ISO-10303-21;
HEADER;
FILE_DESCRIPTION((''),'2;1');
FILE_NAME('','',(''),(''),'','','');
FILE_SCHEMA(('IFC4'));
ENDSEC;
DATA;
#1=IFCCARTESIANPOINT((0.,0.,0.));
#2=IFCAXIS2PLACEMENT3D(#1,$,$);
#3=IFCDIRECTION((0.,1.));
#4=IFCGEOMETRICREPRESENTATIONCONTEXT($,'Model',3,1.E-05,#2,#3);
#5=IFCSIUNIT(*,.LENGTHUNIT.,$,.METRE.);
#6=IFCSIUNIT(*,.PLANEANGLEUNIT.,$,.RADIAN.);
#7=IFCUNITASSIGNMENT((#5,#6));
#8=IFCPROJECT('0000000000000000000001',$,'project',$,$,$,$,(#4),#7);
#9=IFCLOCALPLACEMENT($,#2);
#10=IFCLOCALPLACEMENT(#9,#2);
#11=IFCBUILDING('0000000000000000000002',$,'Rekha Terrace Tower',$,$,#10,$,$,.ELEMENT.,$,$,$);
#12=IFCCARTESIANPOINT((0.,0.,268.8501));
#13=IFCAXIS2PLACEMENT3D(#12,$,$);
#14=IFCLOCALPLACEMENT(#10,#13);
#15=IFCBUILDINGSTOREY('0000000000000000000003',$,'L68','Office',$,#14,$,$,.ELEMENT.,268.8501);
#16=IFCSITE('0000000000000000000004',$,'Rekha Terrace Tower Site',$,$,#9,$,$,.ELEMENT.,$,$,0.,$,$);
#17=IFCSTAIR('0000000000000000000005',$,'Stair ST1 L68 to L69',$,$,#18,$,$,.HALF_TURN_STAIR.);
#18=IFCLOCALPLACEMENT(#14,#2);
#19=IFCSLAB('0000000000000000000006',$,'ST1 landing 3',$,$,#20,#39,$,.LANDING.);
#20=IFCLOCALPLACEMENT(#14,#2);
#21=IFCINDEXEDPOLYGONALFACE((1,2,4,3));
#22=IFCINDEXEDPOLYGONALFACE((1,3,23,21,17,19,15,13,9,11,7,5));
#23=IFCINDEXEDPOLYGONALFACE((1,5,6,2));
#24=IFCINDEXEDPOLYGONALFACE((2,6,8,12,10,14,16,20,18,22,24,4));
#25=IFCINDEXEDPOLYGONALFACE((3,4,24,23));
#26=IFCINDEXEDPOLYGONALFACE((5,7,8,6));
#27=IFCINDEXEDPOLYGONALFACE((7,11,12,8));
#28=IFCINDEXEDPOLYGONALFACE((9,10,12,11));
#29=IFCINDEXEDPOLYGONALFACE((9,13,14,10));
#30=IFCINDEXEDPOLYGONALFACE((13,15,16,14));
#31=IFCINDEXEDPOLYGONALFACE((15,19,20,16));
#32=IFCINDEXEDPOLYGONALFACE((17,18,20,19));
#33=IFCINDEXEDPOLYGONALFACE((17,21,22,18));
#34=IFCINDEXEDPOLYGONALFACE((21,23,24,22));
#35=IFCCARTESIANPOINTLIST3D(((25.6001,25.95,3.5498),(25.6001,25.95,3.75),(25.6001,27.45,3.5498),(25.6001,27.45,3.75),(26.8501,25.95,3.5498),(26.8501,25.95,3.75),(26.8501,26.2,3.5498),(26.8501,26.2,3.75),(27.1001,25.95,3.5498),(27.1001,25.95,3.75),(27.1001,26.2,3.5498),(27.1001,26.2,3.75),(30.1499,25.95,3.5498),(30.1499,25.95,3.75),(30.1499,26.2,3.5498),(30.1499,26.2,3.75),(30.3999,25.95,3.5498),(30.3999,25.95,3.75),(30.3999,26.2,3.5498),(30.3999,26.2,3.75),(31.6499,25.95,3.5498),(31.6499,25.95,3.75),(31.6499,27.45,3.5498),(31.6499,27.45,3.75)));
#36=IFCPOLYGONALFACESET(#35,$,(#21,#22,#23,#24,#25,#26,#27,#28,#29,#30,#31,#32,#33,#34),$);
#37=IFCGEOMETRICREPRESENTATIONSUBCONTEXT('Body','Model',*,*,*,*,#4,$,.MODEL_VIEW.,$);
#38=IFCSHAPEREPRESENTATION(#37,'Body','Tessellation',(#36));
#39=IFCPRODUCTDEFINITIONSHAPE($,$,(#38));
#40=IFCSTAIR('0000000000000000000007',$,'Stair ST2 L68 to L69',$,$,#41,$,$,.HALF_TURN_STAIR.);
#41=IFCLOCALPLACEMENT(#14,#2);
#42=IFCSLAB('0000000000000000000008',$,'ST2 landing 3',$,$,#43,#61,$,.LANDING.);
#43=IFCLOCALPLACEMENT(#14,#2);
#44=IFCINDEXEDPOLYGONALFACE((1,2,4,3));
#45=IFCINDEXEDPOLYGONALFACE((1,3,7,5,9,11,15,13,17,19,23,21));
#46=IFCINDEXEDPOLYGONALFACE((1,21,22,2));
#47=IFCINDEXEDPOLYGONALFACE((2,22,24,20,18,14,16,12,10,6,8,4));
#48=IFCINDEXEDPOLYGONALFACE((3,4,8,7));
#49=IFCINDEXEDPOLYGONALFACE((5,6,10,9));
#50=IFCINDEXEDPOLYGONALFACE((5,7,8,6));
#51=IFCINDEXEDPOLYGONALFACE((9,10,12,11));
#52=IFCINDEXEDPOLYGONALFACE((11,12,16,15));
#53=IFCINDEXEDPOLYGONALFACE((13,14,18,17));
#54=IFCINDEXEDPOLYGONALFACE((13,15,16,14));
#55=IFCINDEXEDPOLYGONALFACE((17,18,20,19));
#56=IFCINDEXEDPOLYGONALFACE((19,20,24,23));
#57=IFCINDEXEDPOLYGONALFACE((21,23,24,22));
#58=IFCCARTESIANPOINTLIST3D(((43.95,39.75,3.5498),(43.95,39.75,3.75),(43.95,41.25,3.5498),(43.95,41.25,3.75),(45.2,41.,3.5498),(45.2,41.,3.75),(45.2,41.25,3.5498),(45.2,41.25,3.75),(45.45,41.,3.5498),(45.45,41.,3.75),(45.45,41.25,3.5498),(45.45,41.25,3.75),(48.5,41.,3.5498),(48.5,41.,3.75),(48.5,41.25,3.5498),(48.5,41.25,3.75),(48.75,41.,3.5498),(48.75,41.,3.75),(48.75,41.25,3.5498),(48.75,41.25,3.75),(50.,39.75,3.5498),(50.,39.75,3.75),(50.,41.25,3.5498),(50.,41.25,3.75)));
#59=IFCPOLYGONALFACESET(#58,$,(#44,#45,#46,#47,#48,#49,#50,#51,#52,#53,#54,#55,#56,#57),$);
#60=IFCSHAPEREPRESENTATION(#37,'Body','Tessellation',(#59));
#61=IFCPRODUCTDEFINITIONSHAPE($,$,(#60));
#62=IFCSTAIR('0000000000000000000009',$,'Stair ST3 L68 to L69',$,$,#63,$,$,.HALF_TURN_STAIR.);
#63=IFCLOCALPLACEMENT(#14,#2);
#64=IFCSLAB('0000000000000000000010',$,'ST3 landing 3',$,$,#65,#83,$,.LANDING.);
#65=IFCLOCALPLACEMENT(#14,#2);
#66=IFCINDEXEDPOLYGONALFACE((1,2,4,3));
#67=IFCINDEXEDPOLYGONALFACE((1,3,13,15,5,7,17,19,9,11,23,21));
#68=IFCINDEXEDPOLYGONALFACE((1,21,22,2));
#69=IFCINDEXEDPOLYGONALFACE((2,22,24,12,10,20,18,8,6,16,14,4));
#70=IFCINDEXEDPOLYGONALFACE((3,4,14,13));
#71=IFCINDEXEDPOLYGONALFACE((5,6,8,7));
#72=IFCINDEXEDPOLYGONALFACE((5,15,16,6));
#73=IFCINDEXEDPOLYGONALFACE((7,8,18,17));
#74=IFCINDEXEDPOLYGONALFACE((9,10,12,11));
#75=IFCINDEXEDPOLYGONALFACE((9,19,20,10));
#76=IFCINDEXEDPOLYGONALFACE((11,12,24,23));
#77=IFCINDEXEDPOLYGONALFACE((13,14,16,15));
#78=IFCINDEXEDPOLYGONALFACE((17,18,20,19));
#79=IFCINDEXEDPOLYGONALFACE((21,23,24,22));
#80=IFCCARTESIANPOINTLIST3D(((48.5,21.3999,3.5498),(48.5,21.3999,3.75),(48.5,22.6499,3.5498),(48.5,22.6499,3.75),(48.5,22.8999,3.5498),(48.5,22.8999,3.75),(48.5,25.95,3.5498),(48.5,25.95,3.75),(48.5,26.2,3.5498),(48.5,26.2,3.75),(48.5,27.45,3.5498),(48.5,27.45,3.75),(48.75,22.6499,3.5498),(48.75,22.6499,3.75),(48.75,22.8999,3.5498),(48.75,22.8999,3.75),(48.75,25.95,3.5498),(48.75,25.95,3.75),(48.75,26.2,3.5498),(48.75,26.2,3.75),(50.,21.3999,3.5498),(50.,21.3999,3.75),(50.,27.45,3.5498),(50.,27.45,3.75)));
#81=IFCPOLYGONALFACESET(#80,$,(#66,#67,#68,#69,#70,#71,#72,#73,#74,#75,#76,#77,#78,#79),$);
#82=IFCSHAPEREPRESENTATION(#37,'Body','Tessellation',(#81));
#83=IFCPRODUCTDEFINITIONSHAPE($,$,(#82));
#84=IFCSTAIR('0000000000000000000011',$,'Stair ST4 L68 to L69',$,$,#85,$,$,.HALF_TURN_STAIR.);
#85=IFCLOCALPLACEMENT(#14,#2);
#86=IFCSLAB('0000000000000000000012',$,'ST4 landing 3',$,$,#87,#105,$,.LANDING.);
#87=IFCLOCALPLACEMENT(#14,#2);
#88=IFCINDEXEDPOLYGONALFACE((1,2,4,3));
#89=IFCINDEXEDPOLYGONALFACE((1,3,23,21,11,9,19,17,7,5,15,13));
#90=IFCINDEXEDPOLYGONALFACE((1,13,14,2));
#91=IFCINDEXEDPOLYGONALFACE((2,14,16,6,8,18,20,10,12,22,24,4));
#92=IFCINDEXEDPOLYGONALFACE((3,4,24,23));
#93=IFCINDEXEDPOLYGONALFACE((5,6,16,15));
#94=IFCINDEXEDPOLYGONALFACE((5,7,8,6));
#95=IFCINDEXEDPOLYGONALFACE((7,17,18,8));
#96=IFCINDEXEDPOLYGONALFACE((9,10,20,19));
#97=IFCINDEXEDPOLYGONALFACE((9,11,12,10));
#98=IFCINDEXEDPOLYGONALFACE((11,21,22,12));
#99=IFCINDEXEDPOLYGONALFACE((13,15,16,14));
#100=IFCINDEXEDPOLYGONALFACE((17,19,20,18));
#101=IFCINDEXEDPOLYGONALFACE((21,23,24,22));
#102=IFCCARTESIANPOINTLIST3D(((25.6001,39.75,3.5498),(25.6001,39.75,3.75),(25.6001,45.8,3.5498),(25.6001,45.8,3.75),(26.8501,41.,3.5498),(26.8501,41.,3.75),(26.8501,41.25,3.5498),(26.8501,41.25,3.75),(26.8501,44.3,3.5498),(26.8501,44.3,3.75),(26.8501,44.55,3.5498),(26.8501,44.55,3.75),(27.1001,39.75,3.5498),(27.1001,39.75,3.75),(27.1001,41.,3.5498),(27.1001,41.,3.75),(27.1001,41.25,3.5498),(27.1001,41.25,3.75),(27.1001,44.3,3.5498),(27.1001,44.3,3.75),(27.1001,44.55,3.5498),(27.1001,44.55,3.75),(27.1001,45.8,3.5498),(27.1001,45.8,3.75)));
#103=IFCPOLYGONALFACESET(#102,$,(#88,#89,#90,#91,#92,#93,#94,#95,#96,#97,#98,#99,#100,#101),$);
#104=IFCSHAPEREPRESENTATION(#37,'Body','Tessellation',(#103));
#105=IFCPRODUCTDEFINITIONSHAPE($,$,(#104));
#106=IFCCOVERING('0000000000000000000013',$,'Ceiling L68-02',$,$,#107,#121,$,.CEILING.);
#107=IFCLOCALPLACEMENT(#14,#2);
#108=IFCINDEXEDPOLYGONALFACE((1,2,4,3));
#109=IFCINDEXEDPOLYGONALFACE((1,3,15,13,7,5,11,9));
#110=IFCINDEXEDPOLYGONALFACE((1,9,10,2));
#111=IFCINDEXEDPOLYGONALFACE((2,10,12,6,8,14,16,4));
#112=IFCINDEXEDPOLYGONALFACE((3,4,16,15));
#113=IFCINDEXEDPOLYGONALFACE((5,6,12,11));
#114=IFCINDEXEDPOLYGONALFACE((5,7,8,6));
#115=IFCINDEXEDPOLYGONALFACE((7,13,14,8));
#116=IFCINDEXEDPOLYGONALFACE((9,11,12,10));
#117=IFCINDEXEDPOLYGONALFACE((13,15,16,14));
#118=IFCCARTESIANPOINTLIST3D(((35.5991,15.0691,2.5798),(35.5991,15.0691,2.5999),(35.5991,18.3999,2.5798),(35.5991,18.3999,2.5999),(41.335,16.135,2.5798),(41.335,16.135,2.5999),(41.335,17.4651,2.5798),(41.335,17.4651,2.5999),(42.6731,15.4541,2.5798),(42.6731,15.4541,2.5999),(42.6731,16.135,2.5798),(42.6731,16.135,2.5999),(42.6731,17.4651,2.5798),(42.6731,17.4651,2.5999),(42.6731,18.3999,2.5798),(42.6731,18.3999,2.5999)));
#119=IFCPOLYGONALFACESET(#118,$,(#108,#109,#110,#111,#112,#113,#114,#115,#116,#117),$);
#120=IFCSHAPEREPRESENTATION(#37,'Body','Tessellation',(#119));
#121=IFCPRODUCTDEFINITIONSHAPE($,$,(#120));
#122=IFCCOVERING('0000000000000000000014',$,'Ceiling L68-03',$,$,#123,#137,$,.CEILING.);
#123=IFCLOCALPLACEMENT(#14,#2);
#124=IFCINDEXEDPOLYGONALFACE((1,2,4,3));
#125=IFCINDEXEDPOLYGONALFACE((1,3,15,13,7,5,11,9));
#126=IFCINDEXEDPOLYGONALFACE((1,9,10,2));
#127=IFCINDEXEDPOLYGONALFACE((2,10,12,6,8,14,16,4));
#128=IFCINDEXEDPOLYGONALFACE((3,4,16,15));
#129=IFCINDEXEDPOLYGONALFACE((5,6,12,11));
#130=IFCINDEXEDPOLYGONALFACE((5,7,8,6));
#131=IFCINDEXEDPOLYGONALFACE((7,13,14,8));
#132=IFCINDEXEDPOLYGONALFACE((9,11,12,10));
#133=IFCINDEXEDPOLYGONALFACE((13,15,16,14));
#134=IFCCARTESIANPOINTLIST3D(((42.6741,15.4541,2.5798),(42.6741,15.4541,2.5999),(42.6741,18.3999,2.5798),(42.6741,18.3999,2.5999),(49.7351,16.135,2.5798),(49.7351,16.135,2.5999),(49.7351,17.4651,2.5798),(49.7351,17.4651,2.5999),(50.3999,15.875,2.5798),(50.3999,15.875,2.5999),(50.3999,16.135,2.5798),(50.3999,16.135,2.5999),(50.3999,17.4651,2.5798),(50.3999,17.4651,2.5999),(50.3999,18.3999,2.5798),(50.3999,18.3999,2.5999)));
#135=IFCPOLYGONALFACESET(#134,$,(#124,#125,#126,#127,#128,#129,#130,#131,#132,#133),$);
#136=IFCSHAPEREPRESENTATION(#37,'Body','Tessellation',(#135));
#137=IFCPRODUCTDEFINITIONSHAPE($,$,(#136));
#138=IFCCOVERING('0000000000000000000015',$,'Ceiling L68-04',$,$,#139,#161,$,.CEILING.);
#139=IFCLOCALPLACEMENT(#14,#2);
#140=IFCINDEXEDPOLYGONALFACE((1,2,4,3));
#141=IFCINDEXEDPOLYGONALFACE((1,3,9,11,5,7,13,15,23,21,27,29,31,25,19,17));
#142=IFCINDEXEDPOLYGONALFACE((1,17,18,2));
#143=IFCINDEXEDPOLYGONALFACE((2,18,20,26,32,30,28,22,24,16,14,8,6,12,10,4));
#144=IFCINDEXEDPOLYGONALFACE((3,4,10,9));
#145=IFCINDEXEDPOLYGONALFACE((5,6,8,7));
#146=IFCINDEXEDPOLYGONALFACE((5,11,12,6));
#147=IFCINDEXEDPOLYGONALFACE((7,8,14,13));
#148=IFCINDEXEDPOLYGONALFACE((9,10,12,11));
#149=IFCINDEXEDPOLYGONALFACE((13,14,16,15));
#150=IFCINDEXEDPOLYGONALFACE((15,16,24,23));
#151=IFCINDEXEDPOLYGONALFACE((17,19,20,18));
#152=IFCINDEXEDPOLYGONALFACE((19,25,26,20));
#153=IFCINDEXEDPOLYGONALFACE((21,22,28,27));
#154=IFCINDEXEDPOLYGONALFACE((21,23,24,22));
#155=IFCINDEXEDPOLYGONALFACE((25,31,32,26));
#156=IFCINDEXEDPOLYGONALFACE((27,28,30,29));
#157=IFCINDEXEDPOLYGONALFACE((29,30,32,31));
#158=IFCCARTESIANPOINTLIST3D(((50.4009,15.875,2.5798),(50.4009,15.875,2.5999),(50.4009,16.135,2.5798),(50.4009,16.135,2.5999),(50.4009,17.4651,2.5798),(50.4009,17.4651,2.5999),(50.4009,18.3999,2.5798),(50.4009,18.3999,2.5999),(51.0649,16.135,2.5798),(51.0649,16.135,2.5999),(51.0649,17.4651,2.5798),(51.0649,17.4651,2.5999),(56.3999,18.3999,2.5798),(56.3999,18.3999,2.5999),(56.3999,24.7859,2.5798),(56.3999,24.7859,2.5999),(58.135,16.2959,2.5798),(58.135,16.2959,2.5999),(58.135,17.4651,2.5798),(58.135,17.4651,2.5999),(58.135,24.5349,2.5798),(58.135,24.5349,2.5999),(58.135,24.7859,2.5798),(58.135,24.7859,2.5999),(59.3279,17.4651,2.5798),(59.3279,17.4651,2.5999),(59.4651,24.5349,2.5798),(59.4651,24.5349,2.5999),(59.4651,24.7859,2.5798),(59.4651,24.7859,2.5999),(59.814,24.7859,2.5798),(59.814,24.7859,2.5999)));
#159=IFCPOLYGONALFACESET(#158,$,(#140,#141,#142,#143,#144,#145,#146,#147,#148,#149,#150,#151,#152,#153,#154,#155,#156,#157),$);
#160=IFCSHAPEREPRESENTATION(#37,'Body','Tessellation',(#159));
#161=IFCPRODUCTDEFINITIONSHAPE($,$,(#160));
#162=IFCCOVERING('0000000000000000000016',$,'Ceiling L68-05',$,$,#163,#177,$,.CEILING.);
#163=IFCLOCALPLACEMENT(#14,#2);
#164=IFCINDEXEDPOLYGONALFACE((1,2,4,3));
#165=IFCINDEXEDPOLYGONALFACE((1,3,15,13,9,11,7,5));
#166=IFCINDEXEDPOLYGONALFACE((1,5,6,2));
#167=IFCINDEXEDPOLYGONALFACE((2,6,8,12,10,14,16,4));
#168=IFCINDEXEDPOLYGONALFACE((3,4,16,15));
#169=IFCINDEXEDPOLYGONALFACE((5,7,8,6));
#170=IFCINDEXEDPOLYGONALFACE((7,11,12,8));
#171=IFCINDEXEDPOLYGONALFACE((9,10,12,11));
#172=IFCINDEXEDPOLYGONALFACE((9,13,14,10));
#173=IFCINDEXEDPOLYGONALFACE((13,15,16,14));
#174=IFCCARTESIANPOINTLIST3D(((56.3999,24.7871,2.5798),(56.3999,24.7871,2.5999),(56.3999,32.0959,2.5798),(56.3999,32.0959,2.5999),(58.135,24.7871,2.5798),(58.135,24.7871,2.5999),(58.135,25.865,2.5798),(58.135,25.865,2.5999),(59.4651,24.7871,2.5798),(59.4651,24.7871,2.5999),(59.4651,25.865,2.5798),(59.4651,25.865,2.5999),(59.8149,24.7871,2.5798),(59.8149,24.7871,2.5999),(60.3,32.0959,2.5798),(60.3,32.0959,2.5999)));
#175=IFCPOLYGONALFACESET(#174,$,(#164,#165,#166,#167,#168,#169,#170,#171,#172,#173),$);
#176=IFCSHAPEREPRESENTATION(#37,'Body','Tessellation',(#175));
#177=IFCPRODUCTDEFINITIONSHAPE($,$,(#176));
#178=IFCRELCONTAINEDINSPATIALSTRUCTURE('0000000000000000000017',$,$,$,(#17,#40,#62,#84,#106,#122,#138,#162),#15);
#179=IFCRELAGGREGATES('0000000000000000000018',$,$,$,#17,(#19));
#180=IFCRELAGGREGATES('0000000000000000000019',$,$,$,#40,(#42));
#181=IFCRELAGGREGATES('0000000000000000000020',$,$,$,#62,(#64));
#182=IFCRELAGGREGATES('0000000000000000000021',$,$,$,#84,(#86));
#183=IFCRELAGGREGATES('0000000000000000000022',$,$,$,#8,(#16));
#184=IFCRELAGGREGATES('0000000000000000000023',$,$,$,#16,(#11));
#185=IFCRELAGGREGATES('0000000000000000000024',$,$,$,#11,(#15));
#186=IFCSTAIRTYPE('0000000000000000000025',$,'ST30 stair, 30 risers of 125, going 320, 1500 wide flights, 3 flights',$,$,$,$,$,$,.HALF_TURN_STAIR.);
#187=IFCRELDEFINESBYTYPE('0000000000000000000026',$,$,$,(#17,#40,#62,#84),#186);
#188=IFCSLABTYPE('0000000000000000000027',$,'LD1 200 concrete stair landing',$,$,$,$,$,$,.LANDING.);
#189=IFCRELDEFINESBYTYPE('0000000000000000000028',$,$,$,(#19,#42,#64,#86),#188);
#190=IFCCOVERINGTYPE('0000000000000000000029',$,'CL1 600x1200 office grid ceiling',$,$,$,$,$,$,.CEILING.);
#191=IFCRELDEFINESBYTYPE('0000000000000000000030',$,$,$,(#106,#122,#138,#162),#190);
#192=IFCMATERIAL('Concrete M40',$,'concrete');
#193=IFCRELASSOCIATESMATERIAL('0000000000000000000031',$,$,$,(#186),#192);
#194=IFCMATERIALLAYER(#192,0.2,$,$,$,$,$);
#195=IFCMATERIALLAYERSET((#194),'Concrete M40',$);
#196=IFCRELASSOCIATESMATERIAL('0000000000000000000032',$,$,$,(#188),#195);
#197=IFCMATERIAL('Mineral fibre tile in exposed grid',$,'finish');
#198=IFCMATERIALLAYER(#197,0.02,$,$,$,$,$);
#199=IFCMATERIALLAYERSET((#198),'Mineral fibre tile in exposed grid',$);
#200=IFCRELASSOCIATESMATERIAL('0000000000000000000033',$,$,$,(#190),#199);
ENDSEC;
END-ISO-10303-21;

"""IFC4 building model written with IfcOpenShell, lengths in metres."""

from ifc_helpers import new_model, si_unit, direction, frame, origin, place, context, subcontext, project, spatial, polyline, outline, extrude, material, layer, layer_set, type_object, element, aggregate, save


model = new_model("IFC4")

# Units and contexts
model_context = context("Model", 3, precision=1e-05, world=origin(), true_north=direction((0.0, 1.0)))
body_context = subcontext(model_context, "Body", "Model", "MODEL_VIEW")
ifc_project = project(units=[si_unit("LENGTHUNIT", "METRE"), si_unit("PLANEANGLEUNIT", "RADIAN")], contexts=[model_context])

# Site, building, storey
site_placement = place(None, origin())
site = spatial("IfcSite", under=ifc_project, at=site_placement, Name="Rekha Terrace Tower Site", CompositionType="ELEMENT", RefElevation=0.0)
building_placement = place(site_placement, origin())
building = spatial("IfcBuilding", under=site, at=building_placement, Name="Rekha Terrace Tower", CompositionType="ELEMENT")
storey_placement = place(building_placement, frame((0.0, 0.0, 268.8501)))
storey = spatial("IfcBuildingStorey", under=building, at=storey_placement, Name="L68", Description="Office", CompositionType="ELEMENT", Elevation=268.8501)

# Stairs, slabs
ifc_material_1 = material(Name="Concrete M40", Category="concrete")
stair_type = type_object("IfcStairType", Name="ST30 stair, 30 risers of 125, going 320, 1500 wide flights, 3 flights", PredefinedType="HALF_TURN_STAIR", material=ifc_material_1)
stair_1_placement = place(storey_placement, origin())
stair_1 = element("IfcStair", 1, at=stair_1_placement, inside=storey, type_object=stair_type, Name="Stair ST1 L68 to L69", PredefinedType="HALF_TURN_STAIR")
ifc_layer_1 = layer(ifc_material_1, 0.2)
ifc_layer_set_1 = layer_set([ifc_layer_1], Name="Concrete M40")
slab_type = type_object("IfcSlabType", Name="LD1 200 concrete stair landing", PredefinedType="LANDING", material=ifc_layer_set_1)
slab_1_placement = place(storey_placement, frame((0.0, 0.0, 3.5498)))
slab_1 = element("IfcSlab", 2, at=slab_1_placement, type_object=slab_type, Name="ST1 landing 3", PredefinedType="LANDING", context=body_context, shape_type="SweptSolid", body=[
    extrude(outline(polyline([(31.6499, 25.95), (31.6499, 27.45), (25.6001, 27.45), (25.6001, 25.95), (26.8501, 25.95), (26.8501, 26.2), (27.1001, 26.2), (27.1001, 25.95), (30.1499, 25.95), (30.1499, 26.2), (30.3999, 26.2), (30.3999, 25.95), (31.6499, 25.95)])), origin(), (0.0, 0.0, 1.0), 0.2002),
])
aggregate(stair_1, [slab_1])
stair_2_placement = place(storey_placement, origin())
stair_2 = element("IfcStair", 3, at=stair_2_placement, inside=storey, type_object=stair_type, Name="Stair ST2 L68 to L69", PredefinedType="HALF_TURN_STAIR")
slab_2_placement = place(storey_placement, frame((0.0, 0.0, 3.5498)))
slab_2 = element("IfcSlab", 4, at=slab_2_placement, type_object=slab_type, Name="ST2 landing 3", PredefinedType="LANDING", context=body_context, shape_type="SweptSolid", body=[
    extrude(outline(polyline([(43.95, 41.25), (43.95, 39.75), (50.0, 39.75), (50.0, 41.25), (48.75, 41.25), (48.75, 41.0), (48.5, 41.0), (48.5, 41.25), (45.45, 41.25), (45.45, 41.0), (45.2, 41.0), (45.2, 41.25), (43.95, 41.25)])), origin(), (0.0, 0.0, 1.0), 0.2002),
])
aggregate(stair_2, [slab_2])
stair_3_placement = place(storey_placement, origin())
stair_3 = element("IfcStair", 5, at=stair_3_placement, inside=storey, type_object=stair_type, Name="Stair ST3 L68 to L69", PredefinedType="HALF_TURN_STAIR")
slab_3_placement = place(storey_placement, frame((0.0, 0.0, 3.5498)))
slab_3 = element("IfcSlab", 6, at=slab_3_placement, type_object=slab_type, Name="ST3 landing 3", PredefinedType="LANDING", context=body_context, shape_type="SweptSolid", body=[
    extrude(outline(polyline([(48.5, 21.3999), (50.0, 21.3999), (50.0, 27.45), (48.5, 27.45), (48.5, 26.2), (48.75, 26.2), (48.75, 25.95), (48.5, 25.95), (48.5, 22.8999), (48.75, 22.8999), (48.75, 22.6499), (48.5, 22.6499), (48.5, 21.3999)])), origin(), (0.0, 0.0, 1.0), 0.2002),
])
aggregate(stair_3, [slab_3])
stair_4_placement = place(storey_placement, origin())
stair_4 = element("IfcStair", 7, at=stair_4_placement, inside=storey, type_object=stair_type, Name="Stair ST4 L68 to L69", PredefinedType="HALF_TURN_STAIR")
slab_4_placement = place(storey_placement, frame((0.0, 0.0, 3.5498)))
slab_4 = element("IfcSlab", 8, at=slab_4_placement, type_object=slab_type, Name="ST4 landing 3", PredefinedType="LANDING", context=body_context, shape_type="SweptSolid", body=[
    extrude(outline(polyline([(27.1001, 39.75), (25.6001, 39.75), (25.6001, 45.8), (27.1001, 45.8), (27.1001, 44.55), (26.8501, 44.55), (26.8501, 44.3), (27.1001, 44.3), (27.1001, 41.25), (26.8501, 41.25), (26.8501, 41.0), (27.1001, 41.0), (27.1001, 39.75)])), origin(), (0.0, 0.0, 1.0), 0.2002),
])
aggregate(stair_4, [slab_4])

# Coverings
ifc_material_2 = material(Name="Mineral fibre tile in exposed grid", Category="finish")
ifc_layer_2 = layer(ifc_material_2, 0.02)
ifc_layer_set_2 = layer_set([ifc_layer_2], Name="Mineral fibre tile in exposed grid")
covering_type_1 = type_object("IfcCoveringType", Name="CL1 600x1200 office grid ceiling", PredefinedType="CEILING", material=ifc_layer_set_2)
covering_1_placement = place(storey_placement, frame((0.0, 0.0, 2.5798)))
element("IfcCovering", 9, at=covering_1_placement, inside=storey, type_object=covering_type_1, Name="Ceiling L68-02", PredefinedType="CEILING", context=body_context, shape_type="SweptSolid", body=[
    extrude(outline(polyline([(35.5991, 18.3999), (35.5991, 15.0691), (42.6731, 15.4541), (42.6731, 16.135), (41.335, 16.135), (41.335, 17.4651), (42.6731, 17.4651), (42.6731, 18.3999), (35.5991, 18.3999)])), origin(), (0.0, 0.0, 1.0), 0.02),
])
covering_2_placement = place(storey_placement, frame((0.0, 0.0, 2.5798)))
element("IfcCovering", 10, at=covering_2_placement, inside=storey, type_object=covering_type_1, Name="Ceiling L68-03", PredefinedType="CEILING", context=body_context, shape_type="SweptSolid", body=[
    extrude(outline(polyline([(42.6741, 18.3999), (42.6741, 15.4541), (50.3999, 15.875), (50.3999, 16.135), (49.7351, 16.135), (49.7351, 17.4651), (50.3999, 17.4651), (50.3999, 18.3999), (42.6741, 18.3999)])), origin(), (0.0, 0.0, 1.0), 0.02),
])
covering_3_placement = place(storey_placement, frame((0.0, 0.0, 2.5798)))
element("IfcCovering", 11, at=covering_3_placement, inside=storey, type_object=covering_type_1, Name="Ceiling L68-04", PredefinedType="CEILING", context=body_context, shape_type="SweptSolid", body=[
    extrude(outline(polyline([(58.135, 24.5349), (58.135, 24.7859), (56.3999, 24.7859), (56.3999, 18.3999), (50.4009, 18.3999), (50.4009, 17.4651), (51.0649, 17.4651), (51.0649, 16.135), (50.4009, 16.135), (50.4009, 15.875), (58.135, 16.2959), (58.135, 17.4651), (59.3279, 17.4651), (59.814, 24.7859), (59.4651, 24.7859), (59.4651, 24.5349), (58.135, 24.5349)])), origin(), (0.0, 0.0, 1.0), 0.02),
])
covering_4_placement = place(storey_placement, frame((0.0, 0.0, 2.5798)))
element("IfcCovering", 12, at=covering_4_placement, inside=storey, type_object=covering_type_1, Name="Ceiling L68-05", PredefinedType="CEILING", context=body_context, shape_type="SweptSolid", body=[
    extrude(outline(polyline([(59.4651, 24.7871), (59.8149, 24.7871), (60.3, 32.0959), (56.3999, 32.0959), (56.3999, 24.7871), (58.135, 24.7871), (58.135, 25.865), (59.4651, 25.865), (59.4651, 24.7871)])), origin(), (0.0, 0.0, 1.0), 0.02),
])

save(model, "model.ifc")
